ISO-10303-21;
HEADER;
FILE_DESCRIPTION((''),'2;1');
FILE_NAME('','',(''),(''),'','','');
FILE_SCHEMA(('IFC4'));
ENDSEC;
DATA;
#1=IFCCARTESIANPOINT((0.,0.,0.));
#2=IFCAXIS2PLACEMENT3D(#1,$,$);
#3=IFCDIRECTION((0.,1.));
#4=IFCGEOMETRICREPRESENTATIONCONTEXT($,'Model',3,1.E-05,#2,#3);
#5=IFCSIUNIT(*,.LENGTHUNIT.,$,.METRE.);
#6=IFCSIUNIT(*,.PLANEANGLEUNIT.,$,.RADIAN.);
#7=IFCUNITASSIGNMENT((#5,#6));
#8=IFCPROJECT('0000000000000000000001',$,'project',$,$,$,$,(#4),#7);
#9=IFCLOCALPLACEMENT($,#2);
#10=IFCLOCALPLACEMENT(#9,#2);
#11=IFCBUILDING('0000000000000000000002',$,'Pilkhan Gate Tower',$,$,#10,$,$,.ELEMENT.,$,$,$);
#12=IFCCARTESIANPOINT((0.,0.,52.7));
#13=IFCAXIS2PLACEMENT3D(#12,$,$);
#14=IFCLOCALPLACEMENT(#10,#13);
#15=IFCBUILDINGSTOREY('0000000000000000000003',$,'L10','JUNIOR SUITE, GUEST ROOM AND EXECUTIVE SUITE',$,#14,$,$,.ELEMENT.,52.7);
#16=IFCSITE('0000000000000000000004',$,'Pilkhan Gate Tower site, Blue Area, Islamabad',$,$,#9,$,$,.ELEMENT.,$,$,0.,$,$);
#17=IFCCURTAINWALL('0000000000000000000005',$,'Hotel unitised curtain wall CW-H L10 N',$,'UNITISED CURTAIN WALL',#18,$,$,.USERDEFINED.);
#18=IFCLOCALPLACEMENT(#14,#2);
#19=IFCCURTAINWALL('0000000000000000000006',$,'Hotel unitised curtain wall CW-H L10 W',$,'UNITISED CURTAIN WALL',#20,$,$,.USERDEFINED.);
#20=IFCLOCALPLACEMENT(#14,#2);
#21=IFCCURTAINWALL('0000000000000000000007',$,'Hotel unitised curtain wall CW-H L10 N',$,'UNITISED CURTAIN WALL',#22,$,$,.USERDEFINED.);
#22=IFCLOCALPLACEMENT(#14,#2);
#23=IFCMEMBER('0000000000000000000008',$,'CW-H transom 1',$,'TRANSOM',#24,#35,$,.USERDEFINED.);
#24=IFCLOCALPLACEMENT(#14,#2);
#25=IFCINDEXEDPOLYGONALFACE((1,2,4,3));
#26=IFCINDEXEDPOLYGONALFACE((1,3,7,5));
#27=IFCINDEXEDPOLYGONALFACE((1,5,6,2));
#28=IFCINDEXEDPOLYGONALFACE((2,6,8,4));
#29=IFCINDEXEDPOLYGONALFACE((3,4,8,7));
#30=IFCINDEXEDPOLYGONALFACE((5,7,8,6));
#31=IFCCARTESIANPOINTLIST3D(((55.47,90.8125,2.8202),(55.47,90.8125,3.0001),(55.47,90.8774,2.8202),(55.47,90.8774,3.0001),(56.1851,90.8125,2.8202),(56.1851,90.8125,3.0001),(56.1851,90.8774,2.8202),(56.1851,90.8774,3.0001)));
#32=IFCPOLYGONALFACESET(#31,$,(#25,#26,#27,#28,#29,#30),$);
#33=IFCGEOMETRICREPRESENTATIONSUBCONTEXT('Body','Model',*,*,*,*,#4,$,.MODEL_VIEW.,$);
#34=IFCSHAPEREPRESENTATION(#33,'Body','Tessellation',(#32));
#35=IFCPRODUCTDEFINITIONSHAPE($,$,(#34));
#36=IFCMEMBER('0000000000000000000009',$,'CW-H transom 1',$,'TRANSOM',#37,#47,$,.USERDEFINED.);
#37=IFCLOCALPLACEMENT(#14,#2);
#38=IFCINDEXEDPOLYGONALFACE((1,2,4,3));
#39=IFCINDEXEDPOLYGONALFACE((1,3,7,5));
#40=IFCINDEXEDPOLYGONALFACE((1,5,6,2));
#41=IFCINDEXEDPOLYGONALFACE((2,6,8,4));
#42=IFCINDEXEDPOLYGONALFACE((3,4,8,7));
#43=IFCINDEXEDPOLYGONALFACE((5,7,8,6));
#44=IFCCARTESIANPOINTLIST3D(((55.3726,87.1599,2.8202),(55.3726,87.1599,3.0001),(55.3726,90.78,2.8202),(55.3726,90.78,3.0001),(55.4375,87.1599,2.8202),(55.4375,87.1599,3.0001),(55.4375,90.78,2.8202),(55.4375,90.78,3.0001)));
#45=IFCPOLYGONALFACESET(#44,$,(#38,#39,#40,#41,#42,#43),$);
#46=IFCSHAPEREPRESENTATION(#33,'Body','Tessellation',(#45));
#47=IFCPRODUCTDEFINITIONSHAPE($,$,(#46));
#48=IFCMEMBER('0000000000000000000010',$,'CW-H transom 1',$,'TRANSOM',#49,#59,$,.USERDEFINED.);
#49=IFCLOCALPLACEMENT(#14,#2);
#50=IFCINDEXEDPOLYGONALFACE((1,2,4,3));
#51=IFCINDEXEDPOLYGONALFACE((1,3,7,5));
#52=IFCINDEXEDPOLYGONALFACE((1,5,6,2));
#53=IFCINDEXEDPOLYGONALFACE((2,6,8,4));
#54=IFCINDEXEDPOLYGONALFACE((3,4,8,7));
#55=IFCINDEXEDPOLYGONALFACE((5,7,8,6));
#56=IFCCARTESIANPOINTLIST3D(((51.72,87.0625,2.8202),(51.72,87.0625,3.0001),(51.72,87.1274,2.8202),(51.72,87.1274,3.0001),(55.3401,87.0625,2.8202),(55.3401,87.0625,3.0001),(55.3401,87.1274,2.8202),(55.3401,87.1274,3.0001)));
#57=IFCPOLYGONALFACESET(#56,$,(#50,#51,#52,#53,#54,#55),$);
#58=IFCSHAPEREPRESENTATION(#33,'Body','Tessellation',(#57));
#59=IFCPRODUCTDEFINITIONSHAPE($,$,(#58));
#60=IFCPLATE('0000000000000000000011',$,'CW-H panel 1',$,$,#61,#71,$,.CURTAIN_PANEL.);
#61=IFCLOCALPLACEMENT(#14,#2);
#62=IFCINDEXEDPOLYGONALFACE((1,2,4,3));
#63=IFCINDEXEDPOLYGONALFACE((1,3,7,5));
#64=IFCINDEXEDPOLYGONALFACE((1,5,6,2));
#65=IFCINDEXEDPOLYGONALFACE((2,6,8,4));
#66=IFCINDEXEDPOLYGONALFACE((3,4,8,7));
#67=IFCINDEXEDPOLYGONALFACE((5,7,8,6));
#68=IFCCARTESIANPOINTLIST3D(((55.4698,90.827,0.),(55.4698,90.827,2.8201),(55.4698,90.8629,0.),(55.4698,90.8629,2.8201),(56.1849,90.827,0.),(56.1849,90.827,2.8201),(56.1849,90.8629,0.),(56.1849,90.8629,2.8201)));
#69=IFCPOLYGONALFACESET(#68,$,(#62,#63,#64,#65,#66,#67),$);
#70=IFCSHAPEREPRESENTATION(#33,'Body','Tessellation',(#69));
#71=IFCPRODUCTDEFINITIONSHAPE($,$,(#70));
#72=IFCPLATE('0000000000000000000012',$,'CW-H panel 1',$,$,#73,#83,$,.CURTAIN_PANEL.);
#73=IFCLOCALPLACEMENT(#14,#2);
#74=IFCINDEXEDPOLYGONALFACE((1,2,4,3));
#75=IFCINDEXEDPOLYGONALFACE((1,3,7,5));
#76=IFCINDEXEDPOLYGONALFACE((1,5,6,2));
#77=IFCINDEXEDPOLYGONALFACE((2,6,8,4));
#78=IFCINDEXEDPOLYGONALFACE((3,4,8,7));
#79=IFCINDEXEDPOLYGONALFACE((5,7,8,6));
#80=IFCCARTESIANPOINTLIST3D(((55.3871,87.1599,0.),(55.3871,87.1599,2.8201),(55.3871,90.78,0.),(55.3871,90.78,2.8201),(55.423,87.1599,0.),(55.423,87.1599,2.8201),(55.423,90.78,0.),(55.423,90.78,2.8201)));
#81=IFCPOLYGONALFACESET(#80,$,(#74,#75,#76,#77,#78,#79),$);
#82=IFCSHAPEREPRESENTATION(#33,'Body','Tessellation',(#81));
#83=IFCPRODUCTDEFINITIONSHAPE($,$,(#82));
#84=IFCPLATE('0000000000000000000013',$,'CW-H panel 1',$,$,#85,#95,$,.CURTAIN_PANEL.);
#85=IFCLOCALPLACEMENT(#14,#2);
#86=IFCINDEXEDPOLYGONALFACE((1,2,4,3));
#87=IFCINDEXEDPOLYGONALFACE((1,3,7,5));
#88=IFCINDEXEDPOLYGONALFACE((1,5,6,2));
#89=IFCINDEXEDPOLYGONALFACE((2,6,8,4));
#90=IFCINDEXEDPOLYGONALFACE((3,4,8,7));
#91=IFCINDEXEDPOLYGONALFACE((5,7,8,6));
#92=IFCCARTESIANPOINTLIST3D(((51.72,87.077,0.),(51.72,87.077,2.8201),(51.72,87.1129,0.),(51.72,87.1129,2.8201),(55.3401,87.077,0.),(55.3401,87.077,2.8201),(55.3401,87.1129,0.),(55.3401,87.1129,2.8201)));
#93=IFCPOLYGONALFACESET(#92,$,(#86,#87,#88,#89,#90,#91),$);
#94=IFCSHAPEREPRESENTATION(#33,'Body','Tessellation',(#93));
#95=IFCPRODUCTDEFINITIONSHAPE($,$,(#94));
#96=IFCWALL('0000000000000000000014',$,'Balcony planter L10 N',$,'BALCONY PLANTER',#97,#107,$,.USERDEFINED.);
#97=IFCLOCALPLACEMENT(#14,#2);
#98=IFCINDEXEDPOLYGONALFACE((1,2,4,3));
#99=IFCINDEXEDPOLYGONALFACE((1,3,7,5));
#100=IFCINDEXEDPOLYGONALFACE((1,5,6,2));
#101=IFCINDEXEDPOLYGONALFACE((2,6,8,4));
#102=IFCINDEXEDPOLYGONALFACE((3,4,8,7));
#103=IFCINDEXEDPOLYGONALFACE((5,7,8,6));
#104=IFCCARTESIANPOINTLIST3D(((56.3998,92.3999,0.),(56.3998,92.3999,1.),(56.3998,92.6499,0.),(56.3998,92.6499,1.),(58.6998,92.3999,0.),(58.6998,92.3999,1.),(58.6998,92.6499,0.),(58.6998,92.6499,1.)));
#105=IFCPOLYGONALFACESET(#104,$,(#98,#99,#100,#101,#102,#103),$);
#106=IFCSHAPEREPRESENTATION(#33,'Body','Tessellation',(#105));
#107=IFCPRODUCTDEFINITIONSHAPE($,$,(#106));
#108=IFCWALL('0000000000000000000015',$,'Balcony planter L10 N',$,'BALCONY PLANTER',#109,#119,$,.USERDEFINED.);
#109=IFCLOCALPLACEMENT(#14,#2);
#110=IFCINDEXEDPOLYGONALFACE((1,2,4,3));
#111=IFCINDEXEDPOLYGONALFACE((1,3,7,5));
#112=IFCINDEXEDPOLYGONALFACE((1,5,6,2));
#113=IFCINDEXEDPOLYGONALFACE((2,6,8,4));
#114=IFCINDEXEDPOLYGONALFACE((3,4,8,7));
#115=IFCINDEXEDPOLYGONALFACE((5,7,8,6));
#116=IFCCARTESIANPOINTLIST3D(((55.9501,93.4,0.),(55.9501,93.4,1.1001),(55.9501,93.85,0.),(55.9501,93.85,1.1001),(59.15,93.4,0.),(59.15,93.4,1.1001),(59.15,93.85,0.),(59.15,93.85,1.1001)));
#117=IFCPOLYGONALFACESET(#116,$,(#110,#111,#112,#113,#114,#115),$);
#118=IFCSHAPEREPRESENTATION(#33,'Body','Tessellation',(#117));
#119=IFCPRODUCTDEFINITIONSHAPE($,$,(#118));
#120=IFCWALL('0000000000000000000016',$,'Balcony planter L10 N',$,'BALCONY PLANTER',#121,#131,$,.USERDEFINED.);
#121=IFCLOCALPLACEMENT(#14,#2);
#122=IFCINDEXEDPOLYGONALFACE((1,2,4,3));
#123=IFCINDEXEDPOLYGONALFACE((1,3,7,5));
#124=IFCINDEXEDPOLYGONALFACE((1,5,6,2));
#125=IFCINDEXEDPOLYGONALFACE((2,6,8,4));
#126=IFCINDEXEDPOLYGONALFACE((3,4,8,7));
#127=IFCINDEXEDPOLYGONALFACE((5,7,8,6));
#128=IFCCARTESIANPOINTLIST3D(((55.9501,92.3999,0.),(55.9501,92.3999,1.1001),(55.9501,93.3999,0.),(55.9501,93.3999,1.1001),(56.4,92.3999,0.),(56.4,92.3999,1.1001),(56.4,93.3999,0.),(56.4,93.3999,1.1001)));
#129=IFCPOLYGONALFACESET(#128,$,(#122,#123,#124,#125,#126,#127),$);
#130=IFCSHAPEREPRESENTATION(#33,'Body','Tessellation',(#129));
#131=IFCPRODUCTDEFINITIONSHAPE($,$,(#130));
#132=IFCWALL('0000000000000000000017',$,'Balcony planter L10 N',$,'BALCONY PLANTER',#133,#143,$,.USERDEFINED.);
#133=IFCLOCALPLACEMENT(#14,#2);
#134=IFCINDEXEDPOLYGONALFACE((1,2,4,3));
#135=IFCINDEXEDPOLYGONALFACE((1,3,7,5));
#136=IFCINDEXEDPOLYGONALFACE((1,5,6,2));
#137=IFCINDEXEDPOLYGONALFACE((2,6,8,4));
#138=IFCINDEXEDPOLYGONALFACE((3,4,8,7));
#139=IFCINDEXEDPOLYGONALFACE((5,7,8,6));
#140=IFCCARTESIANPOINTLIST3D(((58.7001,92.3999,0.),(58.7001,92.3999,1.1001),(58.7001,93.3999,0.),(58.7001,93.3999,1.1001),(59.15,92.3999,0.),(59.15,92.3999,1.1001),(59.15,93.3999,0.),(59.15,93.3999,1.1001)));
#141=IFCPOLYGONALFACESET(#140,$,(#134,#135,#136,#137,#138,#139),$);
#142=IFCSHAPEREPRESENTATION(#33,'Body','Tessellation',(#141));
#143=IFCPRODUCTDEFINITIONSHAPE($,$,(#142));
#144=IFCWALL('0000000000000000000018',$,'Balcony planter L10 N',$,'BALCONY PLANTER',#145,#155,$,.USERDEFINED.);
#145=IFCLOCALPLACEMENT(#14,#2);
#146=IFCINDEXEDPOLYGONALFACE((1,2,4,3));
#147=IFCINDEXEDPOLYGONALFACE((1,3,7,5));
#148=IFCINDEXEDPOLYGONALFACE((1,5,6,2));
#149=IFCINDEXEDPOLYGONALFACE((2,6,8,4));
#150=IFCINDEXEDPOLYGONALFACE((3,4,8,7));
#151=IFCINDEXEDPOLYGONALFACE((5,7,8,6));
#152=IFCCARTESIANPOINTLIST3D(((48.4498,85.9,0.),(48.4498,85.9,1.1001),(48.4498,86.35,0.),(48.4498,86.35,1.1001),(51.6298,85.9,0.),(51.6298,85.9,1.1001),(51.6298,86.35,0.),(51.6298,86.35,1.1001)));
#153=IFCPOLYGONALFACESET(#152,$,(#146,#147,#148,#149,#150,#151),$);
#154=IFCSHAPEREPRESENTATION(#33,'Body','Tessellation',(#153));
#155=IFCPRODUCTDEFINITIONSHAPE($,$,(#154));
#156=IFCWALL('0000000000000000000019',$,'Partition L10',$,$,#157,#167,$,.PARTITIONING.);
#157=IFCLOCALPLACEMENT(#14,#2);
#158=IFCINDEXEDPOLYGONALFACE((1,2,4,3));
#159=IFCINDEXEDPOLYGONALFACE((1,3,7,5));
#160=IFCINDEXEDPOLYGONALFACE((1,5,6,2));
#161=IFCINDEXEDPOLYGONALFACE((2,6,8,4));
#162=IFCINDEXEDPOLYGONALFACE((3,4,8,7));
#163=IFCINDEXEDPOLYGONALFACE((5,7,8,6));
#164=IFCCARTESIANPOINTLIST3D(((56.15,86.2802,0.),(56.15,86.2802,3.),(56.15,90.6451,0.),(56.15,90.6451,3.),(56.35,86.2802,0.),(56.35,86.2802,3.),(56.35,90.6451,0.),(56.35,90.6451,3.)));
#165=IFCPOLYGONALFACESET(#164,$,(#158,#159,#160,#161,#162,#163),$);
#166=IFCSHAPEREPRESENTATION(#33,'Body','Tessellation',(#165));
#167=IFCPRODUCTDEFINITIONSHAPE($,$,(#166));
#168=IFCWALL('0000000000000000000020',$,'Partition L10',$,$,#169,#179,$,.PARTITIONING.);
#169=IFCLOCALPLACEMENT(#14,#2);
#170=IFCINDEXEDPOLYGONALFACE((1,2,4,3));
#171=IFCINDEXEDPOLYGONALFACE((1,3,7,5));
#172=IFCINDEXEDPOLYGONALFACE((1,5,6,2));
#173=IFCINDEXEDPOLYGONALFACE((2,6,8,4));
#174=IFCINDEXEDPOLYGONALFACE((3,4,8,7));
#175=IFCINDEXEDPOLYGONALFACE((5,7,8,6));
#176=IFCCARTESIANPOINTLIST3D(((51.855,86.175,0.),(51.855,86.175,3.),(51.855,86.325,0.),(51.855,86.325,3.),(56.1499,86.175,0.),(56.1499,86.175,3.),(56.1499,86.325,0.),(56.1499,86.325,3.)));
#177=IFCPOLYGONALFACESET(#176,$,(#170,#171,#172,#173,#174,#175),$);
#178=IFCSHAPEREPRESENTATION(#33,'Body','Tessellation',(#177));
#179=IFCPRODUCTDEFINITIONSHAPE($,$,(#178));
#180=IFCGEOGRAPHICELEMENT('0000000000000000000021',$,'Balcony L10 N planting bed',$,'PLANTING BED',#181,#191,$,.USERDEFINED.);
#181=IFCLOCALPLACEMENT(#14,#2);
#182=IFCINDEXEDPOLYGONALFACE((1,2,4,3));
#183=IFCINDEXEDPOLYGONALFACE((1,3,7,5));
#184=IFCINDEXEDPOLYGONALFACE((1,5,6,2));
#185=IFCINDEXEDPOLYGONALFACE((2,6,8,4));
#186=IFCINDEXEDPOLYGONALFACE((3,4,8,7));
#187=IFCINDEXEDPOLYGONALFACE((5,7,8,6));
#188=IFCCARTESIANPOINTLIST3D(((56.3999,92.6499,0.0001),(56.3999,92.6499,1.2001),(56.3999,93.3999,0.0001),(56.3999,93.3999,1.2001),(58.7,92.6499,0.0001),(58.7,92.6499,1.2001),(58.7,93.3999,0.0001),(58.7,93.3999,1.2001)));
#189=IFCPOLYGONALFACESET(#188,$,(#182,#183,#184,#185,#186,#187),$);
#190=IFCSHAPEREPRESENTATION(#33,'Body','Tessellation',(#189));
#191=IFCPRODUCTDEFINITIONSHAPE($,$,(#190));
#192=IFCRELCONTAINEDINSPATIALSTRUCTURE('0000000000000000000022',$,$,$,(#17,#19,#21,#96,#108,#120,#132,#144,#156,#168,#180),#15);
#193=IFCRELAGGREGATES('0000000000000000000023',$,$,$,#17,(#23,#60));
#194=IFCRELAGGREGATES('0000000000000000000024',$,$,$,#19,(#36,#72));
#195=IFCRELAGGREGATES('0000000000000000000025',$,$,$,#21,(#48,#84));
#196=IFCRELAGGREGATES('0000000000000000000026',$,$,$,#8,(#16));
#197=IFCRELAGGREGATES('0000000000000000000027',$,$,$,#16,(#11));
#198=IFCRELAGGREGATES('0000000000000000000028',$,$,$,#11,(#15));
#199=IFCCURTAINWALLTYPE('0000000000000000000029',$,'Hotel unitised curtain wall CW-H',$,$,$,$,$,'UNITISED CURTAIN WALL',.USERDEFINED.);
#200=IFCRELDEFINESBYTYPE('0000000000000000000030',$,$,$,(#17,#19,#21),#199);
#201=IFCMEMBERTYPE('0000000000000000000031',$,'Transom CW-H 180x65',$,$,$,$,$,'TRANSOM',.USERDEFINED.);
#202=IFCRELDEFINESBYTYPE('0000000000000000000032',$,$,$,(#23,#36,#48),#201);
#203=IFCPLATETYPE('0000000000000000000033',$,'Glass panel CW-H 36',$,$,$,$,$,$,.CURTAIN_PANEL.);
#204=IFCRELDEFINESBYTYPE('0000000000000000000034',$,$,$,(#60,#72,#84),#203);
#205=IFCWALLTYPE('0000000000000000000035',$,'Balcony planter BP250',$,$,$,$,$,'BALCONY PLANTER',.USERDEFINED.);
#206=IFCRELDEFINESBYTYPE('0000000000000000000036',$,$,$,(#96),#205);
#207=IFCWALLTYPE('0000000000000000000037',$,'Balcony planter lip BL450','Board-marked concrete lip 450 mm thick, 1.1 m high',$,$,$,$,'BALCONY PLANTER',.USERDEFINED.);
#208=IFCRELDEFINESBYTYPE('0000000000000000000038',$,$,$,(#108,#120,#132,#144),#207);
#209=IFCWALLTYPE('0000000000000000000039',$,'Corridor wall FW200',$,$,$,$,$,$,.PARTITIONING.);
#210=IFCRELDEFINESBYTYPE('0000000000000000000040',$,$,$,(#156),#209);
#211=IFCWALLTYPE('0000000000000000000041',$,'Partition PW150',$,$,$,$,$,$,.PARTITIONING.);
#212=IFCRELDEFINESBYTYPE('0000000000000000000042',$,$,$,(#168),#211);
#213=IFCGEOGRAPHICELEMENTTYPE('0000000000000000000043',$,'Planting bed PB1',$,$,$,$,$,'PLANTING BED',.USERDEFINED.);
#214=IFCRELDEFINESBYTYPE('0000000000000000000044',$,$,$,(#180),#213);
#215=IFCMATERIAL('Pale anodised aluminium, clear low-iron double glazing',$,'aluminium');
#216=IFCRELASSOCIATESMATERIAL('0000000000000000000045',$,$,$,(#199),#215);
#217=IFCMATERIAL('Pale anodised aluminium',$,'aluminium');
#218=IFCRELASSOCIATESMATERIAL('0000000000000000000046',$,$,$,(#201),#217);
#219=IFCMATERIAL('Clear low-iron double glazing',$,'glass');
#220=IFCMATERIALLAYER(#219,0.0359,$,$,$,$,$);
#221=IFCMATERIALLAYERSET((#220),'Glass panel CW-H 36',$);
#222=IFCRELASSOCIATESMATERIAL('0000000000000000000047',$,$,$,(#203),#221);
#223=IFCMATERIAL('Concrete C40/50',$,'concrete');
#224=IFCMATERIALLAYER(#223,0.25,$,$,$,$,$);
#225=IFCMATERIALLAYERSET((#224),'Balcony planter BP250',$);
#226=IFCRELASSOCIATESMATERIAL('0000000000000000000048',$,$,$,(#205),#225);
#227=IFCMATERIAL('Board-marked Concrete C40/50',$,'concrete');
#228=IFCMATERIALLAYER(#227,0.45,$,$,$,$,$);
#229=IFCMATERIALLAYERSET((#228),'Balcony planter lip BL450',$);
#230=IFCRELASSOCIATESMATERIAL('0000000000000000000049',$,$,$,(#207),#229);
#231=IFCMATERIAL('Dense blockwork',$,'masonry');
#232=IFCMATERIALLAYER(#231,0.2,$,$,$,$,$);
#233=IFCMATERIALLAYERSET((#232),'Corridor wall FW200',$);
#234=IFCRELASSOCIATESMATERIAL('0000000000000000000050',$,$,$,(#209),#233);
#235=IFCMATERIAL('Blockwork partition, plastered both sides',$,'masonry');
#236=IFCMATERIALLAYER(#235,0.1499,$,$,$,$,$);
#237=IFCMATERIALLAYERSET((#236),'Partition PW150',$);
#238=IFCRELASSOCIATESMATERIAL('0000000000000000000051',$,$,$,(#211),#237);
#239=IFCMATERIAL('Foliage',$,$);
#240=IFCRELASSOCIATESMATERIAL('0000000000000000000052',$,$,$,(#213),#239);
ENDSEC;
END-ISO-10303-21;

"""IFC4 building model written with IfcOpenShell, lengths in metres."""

from ifc_helpers import new_model, si_unit, direction, frame, frame_2d, origin, origin_2d, place, context, subcontext, project, spatial, rectangle, extrude, material, layer, layer_set, material_profile, profile_set, type_object, element, aggregate, save


model = new_model("IFC4")

# Units and contexts
model_context = context("Model", 3, precision=1e-05, world=origin(), true_north=direction((0.0, 1.0)))
body_context = subcontext(model_context, "Body", "Model", "MODEL_VIEW")
ifc_project = project(units=[si_unit("LENGTHUNIT", "METRE"), si_unit("PLANEANGLEUNIT", "RADIAN")], contexts=[model_context])

# Site, building, storey
site_placement = place(None, origin())
site = spatial("IfcSite", under=ifc_project, at=site_placement, Name="Pilkhan Gate Tower site, Blue Area, Islamabad", CompositionType="ELEMENT", RefElevation=0.0)
building_placement = place(site_placement, origin())
building = spatial("IfcBuilding", under=site, at=building_placement, Name="Pilkhan Gate Tower", CompositionType="ELEMENT")
storey_placement = place(building_placement, frame((0.0, 0.0, 52.7)))
storey = spatial("IfcBuildingStorey", under=building, at=storey_placement, Name="L10", Description="JUNIOR SUITE, GUEST ROOM AND EXECUTIVE SUITE", CompositionType="ELEMENT", Elevation=52.7)

# Shared definitions
ifc_material_1 = material(Name="Pale anodised aluminium, clear low-iron double glazing", Category="aluminium")
curtain_wall_type = type_object("IfcCurtainWallType", Name="Hotel unitised curtain wall CW-H", ElementType="UNITISED CURTAIN WALL", PredefinedType="USERDEFINED", material=ifc_material_1)
ifc_material_2 = material(Name="Pale anodised aluminium", Category="aluminium")

# Curtain walls
curtain_wall_1_placement = place(storey_placement, origin())
curtain_wall_1 = element("IfcCurtainWall", 1, at=curtain_wall_1_placement, inside=storey, type_object=curtain_wall_type, Name="Hotel unitised curtain wall CW-H L10 N", ObjectType="UNITISED CURTAIN WALL", PredefinedType="USERDEFINED")
curtain_wall_2_placement = place(storey_placement, origin())
curtain_wall_2 = element("IfcCurtainWall", 2, at=curtain_wall_2_placement, inside=storey, type_object=curtain_wall_type, Name="Hotel unitised curtain wall CW-H L10 W", ObjectType="UNITISED CURTAIN WALL", PredefinedType="USERDEFINED")
curtain_wall_3_placement = place(storey_placement, origin())
curtain_wall_3 = element("IfcCurtainWall", 3, at=curtain_wall_3_placement, inside=storey, type_object=curtain_wall_type, Name="Hotel unitised curtain wall CW-H L10 N", ObjectType="UNITISED CURTAIN WALL", PredefinedType="USERDEFINED")

# Members
ifc_material_profile_1 = material_profile(ifc_material_2, rectangle(XDim=0.0649, YDim=0.1799, at=origin_2d()), Name="Transom 180x65")
ifc_profile_set_1 = profile_set([ifc_material_profile_1], Name="Pale anodised aluminium")
member_type_1 = type_object("IfcMemberType", Name="Transom CW-H 180x65", ElementType="TRANSOM", PredefinedType="USERDEFINED", material=ifc_profile_set_1)
member_1_placement = place(storey_placement, frame((55.47, 90.845, 2.9102), z_axis=(1.0, 0.0, 0.0), x_axis=(0.0, 1.0, 0.0)))
member_1 = element("IfcMember", 4, at=member_1_placement, type_object=member_type_1, Name="CW-H transom 1", ObjectType="TRANSOM", PredefinedType="USERDEFINED", context=body_context, shape_type="SweptSolid", body=[
    extrude(rectangle(XDim=0.0649, YDim=0.1799, at=origin_2d()), origin(), (0.0, 0.0, 1.0), 0.7151),
])
member_2_placement = place(storey_placement, frame((55.405, 87.1599, 2.9102), z_axis=(0.0, 1.0, 0.0), x_axis=(-1.0, 0.0, 0.0)))
member_2 = element("IfcMember", 5, at=member_2_placement, type_object=member_type_1, Name="CW-H transom 1", ObjectType="TRANSOM", PredefinedType="USERDEFINED", context=body_context, shape_type="SweptSolid", body=[
    extrude(rectangle(XDim=0.0649, YDim=0.1799, at=origin_2d()), origin(), (0.0, 0.0, 1.0), 3.6201),
])
member_3_placement = place(storey_placement, frame((51.72, 87.095, 2.9102), z_axis=(1.0, 0.0, 0.0), x_axis=(0.0, 1.0, 0.0)))
member_3 = element("IfcMember", 6, at=member_3_placement, type_object=member_type_1, Name="CW-H transom 1", ObjectType="TRANSOM", PredefinedType="USERDEFINED", context=body_context, shape_type="SweptSolid", body=[
    extrude(rectangle(XDim=0.0649, YDim=0.1799, at=origin_2d()), origin(), (0.0, 0.0, 1.0), 3.6201),
])

# Plates
ifc_material_3 = material(Name="Clear low-iron double glazing", Category="glass")
ifc_layer_1 = layer(ifc_material_3, 0.0359)
ifc_layer_set_1 = layer_set([ifc_layer_1], Name="Glass panel CW-H 36")
plate_type = type_object("IfcPlateType", Name="Glass panel CW-H 36", PredefinedType="CURTAIN_PANEL", material=ifc_layer_set_1)
plate_1_placement = place(storey_placement, frame((55.8274, 90.845, 0.0), z_axis=(0.0, 0.0, 1.0), x_axis=(1.0, 0.0, 0.0)))
plate_1 = element("IfcPlate", 7, at=plate_1_placement, type_object=plate_type, Name="CW-H panel 1", PredefinedType="CURTAIN_PANEL", context=body_context, shape_type="SweptSolid", body=[
    extrude(rectangle(XDim=0.7151, YDim=0.0359, at=origin_2d()), origin(), (0.0, 0.0, 1.0), 2.8201),
])
aggregate(curtain_wall_1, [member_1, plate_1])
plate_2_placement = place(storey_placement, frame((55.405, 88.97, 0.0), z_axis=(0.0, 0.0, 1.0), x_axis=(0.0, 1.0, 0.0)))
plate_2 = element("IfcPlate", 8, at=plate_2_placement, type_object=plate_type, Name="CW-H panel 1", PredefinedType="CURTAIN_PANEL", context=body_context, shape_type="SweptSolid", body=[
    extrude(rectangle(XDim=3.6201, YDim=0.0359, at=origin_2d()), origin(), (0.0, 0.0, 1.0), 2.8201),
])
aggregate(curtain_wall_2, [member_2, plate_2])
plate_3_placement = place(storey_placement, frame((53.53, 87.095, 0.0), z_axis=(0.0, 0.0, 1.0), x_axis=(1.0, 0.0, 0.0)))
plate_3 = element("IfcPlate", 9, at=plate_3_placement, type_object=plate_type, Name="CW-H panel 1", PredefinedType="CURTAIN_PANEL", context=body_context, shape_type="SweptSolid", body=[
    extrude(rectangle(XDim=3.6201, YDim=0.0359, at=origin_2d()), origin(), (0.0, 0.0, 1.0), 2.8201),
])
aggregate(curtain_wall_3, [member_3, plate_3])

# Walls
ifc_material_4 = material(Name="Concrete C40/50", Category="concrete")
ifc_layer_2 = layer(ifc_material_4, 0.25)
ifc_layer_set_2 = layer_set([ifc_layer_2], Name="Balcony planter BP250")
wall_type_1 = type_object("IfcWallType", Name="Balcony planter BP250", ElementType="BALCONY PLANTER", PredefinedType="USERDEFINED", material=ifc_layer_set_2)
wall_1_placement = place(storey_placement, frame((56.3999, 92.5249, 0.0), z_axis=(0.0, 0.0, 1.0), x_axis=(1.0, 0.0, 0.0)))
element("IfcWall", 10, at=wall_1_placement, inside=storey, type_object=wall_type_1, Name="Balcony planter L10 N", ObjectType="BALCONY PLANTER", PredefinedType="USERDEFINED", context=body_context, shape_type="SweptSolid", body=[
    extrude(rectangle(XDim=2.3, YDim=0.25, at=frame_2d((1.1499, 0.0))), origin(), (0.0, 0.0, 1.0), 1.0),
])
ifc_material_5 = material(Name="Board-marked Concrete C40/50", Category="concrete")
ifc_layer_3 = layer(ifc_material_5, 0.45)
ifc_layer_set_3 = layer_set([ifc_layer_3], Name="Balcony planter lip BL450")
wall_type_2 = type_object("IfcWallType", Name="Balcony planter lip BL450", Description="Board-marked concrete lip 450 mm thick, 1.1 m high", ElementType="BALCONY PLANTER", PredefinedType="USERDEFINED", material=ifc_layer_set_3)
wall_2_placement = place(storey_placement, frame((55.95, 93.625, 0.0), z_axis=(0.0, 0.0, 1.0), x_axis=(1.0, 0.0, 0.0)))
element("IfcWall", 11, at=wall_2_placement, inside=storey, type_object=wall_type_2, Name="Balcony planter L10 N", ObjectType="BALCONY PLANTER", PredefinedType="USERDEFINED", context=body_context, shape_type="SweptSolid", body=[
    extrude(rectangle(XDim=3.2, YDim=0.45, at=frame_2d((1.6001, 0.0))), origin(), (0.0, 0.0, 1.0), 1.1001),
])
for number, where, z_axis, x_axis, name in (
    (12, (56.175, 92.3999, 0.0), (0.0, 0.0, 1.0), (0.0, 1.0, 0.0), "Balcony planter L10 N"),
    (13, (58.925, 92.3999, 0.0), (0.0, 0.0, 1.0), (0.0, 1.0, 0.0), "Balcony planter L10 N"),
):
    element("IfcWall", number, at=place(storey_placement, frame(where, z_axis=z_axis, x_axis=x_axis)), inside=storey, type_object=wall_type_2, Name=name, ObjectType="BALCONY PLANTER", PredefinedType="USERDEFINED", context=body_context, shape_type="SweptSolid", body=[
        extrude(rectangle(XDim=1.0, YDim=0.45, at=frame_2d((0.5, 0.0))), origin(), (0.0, 0.0, 1.0), 1.1001),
    ])
wall_3_placement = place(storey_placement, frame((48.45, 86.125, 0.0), z_axis=(0.0, 0.0, 1.0), x_axis=(1.0, 0.0, 0.0)))
element("IfcWall", 14, at=wall_3_placement, inside=storey, type_object=wall_type_2, Name="Balcony planter L10 N", ObjectType="BALCONY PLANTER", PredefinedType="USERDEFINED", context=body_context, shape_type="SweptSolid", body=[
    extrude(rectangle(XDim=3.1799, YDim=0.45, at=frame_2d((1.5898, 0.0))), origin(), (0.0, 0.0, 1.0), 1.1001),
])
ifc_material_6 = material(Name="Dense blockwork", Category="masonry")
ifc_layer_4 = layer(ifc_material_6, 0.2)
ifc_layer_set_4 = layer_set([ifc_layer_4], Name="Corridor wall FW200")
wall_type_3 = type_object("IfcWallType", Name="Corridor wall FW200", PredefinedType="PARTITIONING", material=ifc_layer_set_4)
wall_4_placement = place(storey_placement, frame((56.25, 86.28, 0.0), z_axis=(0.0, 0.0, 1.0), x_axis=(0.0, 1.0, 0.0)))
element("IfcWall", 15, at=wall_4_placement, inside=storey, type_object=wall_type_3, Name="Partition L10", PredefinedType="PARTITIONING", context=body_context, shape_type="SweptSolid", body=[
    extrude(rectangle(XDim=4.365, YDim=0.2, at=frame_2d((2.1826, 0.0))), origin(), (0.0, 0.0, 1.0), 3.0),
])

# Wall
ifc_material_7 = material(Name="Blockwork partition, plastered both sides", Category="masonry")
ifc_layer_5 = layer(ifc_material_7, 0.1499)
ifc_layer_set_5 = layer_set([ifc_layer_5], Name="Partition PW150")
wall_type_4 = type_object("IfcWallType", Name="Partition PW150", PredefinedType="PARTITIONING", material=ifc_layer_set_5)
wall_5_placement = place(storey_placement, frame((51.855, 86.25, 0.0), z_axis=(0.0, 0.0, 1.0), x_axis=(1.0, 0.0, 0.0)))
element("IfcWall", 16, at=wall_5_placement, inside=storey, type_object=wall_type_4, Name="Partition L10", PredefinedType="PARTITIONING", context=body_context, shape_type="SweptSolid", body=[
    extrude(rectangle(XDim=4.2949, YDim=0.1499, at=frame_2d((2.1475, 0.0))), origin(), (0.0, 0.0, 1.0), 3.0),
])

# Geographic element
ifc_material_8 = material(Name="Foliage")
ifc_material_profile_2 = material_profile(ifc_material_8, rectangle(XDim=0.75, YDim=1.2, at=origin_2d()), Name="Bed 750x1200")
ifc_profile_set_2 = profile_set([ifc_material_profile_2], Name="Foliage")
geographic_element_type_1 = type_object("IfcGeographicElementType", Name="Planting bed PB1", ElementType="PLANTING BED", PredefinedType="USERDEFINED", material=ifc_profile_set_2)
geographic_element_placement = place(storey_placement, frame((56.3999, 93.0249, 0.6001), z_axis=(1.0, 0.0, 0.0), x_axis=(0.0, 1.0, 0.0)))
element("IfcGeographicElement", 17, at=geographic_element_placement, inside=storey, type_object=geographic_element_type_1, Name="Balcony L10 N planting bed", ObjectType="PLANTING BED", PredefinedType="USERDEFINED", context=body_context, shape_type="SweptSolid", body=[
    extrude(rectangle(XDim=0.75, YDim=1.2, at=origin_2d()), origin(), (0.0, 0.0, 1.0), 2.3),
])

save(model, "model.ifc")
